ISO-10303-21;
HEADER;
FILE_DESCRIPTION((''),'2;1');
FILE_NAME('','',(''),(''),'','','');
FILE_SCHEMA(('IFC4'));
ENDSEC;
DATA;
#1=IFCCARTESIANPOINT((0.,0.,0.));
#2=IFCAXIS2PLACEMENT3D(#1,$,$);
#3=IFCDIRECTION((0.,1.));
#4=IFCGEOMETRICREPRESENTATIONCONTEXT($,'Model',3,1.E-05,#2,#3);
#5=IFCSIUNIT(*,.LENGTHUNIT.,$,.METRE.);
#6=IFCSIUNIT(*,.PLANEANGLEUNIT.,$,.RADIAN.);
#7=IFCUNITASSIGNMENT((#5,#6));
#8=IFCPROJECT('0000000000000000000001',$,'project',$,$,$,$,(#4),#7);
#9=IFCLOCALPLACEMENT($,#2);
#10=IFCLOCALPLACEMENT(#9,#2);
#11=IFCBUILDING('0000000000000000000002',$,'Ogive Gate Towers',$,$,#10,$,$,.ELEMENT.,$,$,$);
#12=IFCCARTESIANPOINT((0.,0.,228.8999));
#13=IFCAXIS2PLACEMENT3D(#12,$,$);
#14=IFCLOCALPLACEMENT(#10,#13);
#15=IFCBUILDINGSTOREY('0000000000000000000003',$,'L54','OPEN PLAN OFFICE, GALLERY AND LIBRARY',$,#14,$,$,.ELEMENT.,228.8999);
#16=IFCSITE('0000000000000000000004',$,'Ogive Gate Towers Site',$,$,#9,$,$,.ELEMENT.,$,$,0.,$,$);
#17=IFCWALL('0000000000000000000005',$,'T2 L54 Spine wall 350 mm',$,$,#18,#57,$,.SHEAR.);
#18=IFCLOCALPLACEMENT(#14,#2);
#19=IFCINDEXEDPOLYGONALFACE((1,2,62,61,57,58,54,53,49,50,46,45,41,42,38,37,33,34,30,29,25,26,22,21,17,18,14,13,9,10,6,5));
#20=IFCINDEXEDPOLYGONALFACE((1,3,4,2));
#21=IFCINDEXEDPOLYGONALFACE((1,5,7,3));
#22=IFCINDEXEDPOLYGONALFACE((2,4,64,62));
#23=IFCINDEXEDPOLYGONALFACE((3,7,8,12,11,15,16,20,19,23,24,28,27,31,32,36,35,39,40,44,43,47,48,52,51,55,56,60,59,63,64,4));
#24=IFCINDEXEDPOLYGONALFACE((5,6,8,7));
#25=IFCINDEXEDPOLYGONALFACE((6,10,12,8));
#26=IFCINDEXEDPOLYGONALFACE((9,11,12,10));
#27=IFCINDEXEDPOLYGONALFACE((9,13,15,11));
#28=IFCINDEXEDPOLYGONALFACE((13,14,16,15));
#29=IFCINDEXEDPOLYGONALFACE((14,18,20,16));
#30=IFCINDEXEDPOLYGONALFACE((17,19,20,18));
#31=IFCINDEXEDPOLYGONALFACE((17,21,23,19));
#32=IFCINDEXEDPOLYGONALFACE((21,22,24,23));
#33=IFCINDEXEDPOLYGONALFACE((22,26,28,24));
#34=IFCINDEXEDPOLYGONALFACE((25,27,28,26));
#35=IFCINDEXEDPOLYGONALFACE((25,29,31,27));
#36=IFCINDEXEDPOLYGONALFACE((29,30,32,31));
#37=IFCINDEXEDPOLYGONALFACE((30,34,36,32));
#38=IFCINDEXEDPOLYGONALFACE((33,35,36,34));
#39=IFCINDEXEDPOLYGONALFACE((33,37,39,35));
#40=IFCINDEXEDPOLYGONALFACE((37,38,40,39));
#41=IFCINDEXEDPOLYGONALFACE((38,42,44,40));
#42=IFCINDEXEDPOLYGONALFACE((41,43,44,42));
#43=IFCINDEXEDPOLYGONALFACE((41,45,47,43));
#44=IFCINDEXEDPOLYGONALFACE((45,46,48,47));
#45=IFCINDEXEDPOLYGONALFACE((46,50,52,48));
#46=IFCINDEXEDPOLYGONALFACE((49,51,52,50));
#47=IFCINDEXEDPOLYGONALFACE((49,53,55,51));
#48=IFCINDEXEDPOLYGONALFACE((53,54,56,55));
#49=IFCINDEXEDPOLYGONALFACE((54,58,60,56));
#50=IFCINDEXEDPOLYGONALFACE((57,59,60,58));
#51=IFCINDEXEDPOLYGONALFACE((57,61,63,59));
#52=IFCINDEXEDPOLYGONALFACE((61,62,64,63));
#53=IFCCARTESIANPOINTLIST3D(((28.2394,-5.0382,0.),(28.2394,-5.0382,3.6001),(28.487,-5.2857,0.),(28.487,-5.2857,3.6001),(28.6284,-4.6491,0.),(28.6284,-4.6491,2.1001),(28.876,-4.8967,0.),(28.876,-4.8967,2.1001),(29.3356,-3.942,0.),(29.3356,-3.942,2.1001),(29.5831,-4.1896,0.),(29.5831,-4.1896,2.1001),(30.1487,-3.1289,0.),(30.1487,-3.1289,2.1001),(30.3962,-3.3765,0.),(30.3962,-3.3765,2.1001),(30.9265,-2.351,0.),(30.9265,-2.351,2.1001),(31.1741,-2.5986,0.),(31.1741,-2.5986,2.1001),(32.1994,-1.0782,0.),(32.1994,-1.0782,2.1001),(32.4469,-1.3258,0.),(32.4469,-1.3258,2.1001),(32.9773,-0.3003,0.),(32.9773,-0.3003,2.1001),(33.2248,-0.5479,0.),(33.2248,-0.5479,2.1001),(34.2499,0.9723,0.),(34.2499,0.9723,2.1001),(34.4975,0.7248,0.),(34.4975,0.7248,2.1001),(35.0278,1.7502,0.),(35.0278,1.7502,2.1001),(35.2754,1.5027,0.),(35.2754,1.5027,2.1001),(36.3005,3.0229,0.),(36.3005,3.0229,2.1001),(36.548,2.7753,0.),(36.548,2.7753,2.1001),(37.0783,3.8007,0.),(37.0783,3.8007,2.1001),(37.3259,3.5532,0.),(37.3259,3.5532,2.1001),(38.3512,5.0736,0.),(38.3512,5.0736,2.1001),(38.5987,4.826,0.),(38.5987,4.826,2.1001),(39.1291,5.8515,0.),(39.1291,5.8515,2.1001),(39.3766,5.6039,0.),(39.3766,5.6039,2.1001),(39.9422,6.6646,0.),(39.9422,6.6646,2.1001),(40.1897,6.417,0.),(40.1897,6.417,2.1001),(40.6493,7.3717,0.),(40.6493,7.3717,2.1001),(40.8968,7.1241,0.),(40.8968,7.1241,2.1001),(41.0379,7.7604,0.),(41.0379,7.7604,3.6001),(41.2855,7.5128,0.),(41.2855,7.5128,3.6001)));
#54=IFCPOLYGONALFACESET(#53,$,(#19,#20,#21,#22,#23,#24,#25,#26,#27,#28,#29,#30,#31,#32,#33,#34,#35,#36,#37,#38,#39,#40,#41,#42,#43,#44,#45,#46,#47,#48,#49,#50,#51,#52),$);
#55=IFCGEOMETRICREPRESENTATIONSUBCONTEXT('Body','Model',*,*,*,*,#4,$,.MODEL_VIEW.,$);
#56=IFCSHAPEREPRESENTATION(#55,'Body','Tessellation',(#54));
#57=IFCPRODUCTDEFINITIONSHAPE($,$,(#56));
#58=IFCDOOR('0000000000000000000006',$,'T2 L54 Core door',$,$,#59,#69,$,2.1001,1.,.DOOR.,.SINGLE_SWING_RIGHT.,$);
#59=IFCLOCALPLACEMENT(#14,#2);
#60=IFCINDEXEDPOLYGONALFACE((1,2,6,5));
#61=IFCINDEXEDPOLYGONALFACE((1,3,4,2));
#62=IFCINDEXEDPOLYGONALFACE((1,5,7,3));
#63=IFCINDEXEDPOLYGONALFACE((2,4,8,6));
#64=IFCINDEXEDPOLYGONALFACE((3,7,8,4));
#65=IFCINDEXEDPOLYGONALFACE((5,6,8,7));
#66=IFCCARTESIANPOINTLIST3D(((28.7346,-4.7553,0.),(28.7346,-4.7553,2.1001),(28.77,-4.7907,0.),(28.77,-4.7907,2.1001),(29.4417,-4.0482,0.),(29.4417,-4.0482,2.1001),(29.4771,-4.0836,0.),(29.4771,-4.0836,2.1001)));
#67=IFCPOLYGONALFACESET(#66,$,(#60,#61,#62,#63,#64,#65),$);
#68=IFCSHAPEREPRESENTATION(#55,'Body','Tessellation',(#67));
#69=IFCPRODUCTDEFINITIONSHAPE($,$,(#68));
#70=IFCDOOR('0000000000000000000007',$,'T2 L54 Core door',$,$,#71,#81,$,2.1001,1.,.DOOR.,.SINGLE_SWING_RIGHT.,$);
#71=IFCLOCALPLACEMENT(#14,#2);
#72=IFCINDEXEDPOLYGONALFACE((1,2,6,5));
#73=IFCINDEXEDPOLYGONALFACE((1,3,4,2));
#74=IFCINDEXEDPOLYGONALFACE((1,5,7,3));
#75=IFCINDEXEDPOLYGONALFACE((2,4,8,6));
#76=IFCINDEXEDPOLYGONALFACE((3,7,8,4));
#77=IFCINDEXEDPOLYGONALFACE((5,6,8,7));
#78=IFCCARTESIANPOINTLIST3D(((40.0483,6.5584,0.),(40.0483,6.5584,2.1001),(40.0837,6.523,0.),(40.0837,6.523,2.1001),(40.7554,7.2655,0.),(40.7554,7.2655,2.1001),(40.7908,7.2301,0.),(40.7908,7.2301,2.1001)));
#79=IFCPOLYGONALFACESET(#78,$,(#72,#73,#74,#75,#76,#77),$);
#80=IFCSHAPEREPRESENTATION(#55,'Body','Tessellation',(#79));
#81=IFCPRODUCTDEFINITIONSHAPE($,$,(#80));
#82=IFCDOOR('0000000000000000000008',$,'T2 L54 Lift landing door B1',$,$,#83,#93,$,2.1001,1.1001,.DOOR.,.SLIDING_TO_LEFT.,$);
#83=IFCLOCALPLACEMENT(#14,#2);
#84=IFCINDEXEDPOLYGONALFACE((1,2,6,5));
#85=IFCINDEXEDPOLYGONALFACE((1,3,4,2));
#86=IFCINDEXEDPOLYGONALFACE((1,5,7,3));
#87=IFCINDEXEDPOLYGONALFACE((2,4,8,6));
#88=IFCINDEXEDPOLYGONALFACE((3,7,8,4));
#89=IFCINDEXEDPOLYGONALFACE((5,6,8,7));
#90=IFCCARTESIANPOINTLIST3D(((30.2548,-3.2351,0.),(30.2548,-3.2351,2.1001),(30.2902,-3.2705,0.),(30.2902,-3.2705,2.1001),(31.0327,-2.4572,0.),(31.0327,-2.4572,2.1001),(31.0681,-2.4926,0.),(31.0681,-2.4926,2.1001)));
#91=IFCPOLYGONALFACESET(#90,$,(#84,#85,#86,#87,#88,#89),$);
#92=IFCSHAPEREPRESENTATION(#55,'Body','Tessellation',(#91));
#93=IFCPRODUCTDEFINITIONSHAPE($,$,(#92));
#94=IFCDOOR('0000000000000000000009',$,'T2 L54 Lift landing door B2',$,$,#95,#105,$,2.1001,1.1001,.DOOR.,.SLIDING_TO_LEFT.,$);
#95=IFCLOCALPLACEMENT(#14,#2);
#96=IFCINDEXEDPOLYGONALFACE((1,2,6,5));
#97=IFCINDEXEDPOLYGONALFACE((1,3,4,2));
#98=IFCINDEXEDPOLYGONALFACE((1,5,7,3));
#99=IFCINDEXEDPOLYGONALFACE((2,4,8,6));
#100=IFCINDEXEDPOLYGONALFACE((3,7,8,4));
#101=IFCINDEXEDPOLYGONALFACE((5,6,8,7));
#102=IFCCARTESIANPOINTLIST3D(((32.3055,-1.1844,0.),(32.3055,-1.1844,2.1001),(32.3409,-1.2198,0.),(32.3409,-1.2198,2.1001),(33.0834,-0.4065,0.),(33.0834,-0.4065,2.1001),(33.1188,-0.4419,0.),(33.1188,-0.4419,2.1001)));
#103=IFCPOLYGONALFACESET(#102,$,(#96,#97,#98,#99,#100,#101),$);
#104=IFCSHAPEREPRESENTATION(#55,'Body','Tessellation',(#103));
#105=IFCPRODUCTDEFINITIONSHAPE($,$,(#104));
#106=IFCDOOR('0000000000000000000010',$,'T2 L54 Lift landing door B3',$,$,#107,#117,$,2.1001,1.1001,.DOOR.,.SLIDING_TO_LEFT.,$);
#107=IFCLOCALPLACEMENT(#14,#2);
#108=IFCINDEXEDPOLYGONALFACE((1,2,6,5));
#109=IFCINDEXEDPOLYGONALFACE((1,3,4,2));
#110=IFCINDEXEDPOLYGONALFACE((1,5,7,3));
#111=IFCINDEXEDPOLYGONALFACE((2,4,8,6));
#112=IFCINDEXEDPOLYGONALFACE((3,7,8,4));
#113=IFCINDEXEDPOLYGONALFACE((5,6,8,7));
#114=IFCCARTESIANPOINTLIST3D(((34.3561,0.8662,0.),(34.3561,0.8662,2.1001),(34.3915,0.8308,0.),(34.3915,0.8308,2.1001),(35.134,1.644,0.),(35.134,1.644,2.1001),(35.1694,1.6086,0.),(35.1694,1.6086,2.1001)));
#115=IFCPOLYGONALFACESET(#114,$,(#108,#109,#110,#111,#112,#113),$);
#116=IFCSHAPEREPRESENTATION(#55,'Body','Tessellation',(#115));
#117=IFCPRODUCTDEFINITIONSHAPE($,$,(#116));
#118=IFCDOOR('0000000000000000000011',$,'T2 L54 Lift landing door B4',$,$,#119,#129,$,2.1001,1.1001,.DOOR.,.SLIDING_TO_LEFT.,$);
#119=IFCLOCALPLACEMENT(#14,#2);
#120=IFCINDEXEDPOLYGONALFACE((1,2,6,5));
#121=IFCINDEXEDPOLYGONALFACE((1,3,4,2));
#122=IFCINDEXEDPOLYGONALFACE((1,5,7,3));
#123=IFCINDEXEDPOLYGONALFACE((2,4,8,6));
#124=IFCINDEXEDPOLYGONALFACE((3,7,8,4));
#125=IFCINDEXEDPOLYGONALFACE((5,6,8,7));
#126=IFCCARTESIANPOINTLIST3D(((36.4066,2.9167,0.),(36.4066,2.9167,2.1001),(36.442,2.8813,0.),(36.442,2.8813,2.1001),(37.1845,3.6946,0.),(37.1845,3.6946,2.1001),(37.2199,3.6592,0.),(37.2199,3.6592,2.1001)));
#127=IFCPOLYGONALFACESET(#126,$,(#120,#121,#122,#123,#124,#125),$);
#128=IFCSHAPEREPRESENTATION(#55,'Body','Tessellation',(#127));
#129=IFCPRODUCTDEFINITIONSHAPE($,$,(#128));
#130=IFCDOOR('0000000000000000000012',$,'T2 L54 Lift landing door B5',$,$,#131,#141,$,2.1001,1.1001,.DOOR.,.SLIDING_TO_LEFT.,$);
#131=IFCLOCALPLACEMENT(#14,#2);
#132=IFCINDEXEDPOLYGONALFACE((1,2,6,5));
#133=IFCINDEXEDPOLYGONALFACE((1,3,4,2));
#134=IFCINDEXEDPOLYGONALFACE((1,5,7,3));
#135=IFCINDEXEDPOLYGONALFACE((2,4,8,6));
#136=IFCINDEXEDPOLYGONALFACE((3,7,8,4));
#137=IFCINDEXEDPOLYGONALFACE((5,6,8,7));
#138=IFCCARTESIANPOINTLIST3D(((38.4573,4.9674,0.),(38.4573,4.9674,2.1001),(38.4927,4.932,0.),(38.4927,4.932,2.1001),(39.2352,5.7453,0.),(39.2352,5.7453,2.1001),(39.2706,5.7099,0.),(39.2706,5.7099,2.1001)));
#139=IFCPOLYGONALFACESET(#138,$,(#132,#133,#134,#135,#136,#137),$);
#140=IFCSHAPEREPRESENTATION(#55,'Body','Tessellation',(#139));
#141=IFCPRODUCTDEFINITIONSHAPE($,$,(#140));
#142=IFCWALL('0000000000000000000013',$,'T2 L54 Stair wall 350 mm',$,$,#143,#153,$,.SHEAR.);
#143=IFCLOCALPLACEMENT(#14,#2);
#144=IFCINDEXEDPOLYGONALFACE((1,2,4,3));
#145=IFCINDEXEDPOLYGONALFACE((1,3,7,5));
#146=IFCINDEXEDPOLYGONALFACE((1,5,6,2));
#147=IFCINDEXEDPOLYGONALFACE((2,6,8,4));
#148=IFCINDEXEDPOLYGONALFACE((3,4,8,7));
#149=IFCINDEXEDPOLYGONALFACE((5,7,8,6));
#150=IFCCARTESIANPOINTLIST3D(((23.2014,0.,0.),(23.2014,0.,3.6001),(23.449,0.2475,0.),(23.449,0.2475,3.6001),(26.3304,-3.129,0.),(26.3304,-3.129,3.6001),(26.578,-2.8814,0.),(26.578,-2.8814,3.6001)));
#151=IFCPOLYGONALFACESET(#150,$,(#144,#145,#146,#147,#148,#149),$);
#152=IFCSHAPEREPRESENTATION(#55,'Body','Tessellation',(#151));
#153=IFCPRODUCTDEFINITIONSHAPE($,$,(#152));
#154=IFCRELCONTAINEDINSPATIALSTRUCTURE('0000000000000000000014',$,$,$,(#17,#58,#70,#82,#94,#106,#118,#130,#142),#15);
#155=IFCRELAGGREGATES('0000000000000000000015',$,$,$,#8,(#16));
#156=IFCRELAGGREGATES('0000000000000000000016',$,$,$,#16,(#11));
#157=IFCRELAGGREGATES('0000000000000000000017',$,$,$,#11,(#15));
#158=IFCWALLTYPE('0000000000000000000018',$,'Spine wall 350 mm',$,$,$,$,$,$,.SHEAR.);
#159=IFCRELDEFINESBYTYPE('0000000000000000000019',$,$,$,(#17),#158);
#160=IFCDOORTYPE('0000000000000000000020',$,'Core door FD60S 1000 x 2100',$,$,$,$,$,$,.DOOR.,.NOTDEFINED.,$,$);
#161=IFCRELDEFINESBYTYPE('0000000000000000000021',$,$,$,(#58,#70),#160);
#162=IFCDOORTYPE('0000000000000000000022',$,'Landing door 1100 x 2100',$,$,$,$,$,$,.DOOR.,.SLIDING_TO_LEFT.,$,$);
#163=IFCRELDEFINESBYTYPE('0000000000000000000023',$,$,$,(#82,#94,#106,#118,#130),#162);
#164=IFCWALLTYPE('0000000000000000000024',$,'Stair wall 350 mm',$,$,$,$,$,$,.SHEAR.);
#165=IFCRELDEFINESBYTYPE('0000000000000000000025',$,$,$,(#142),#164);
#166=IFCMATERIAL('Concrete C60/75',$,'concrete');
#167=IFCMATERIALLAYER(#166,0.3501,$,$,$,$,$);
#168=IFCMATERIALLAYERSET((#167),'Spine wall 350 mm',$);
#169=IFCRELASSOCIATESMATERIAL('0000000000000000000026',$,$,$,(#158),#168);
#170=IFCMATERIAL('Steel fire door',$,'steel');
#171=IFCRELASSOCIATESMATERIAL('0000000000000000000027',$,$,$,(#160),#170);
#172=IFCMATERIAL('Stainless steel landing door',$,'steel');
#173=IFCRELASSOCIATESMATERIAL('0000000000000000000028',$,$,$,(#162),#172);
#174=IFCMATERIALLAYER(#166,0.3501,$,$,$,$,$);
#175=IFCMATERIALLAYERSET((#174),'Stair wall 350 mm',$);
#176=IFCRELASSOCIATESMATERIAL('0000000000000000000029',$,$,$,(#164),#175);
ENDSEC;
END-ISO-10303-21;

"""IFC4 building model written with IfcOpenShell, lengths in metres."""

from ifc_helpers import new_model, si_unit, direction, frame, frame_2d, origin, place, context, subcontext, project, spatial, rectangle, extrude, material, layer, layer_set, type_object, element, fill, save


model = new_model("IFC4")

# Units and contexts
model_context = context("Model", 3, precision=1e-05, world=origin(), true_north=direction((0.0, 1.0)))
body_context = subcontext(model_context, "Body", "Model", "MODEL_VIEW")
ifc_project = project(units=[si_unit("LENGTHUNIT", "METRE"), si_unit("PLANEANGLEUNIT", "RADIAN")], contexts=[model_context])

# Site, building, storey
site_placement = place(None, origin())
site = spatial("IfcSite", under=ifc_project, at=site_placement, Name="Ogive Gate Towers Site", CompositionType="ELEMENT", RefElevation=0.0)
building_placement = place(site_placement, origin())
building = spatial("IfcBuilding", under=site, at=building_placement, Name="Ogive Gate Towers", CompositionType="ELEMENT")
storey_placement = place(building_placement, frame((0.0, 0.0, 228.8999)))
storey = spatial("IfcBuildingStorey", under=building, at=storey_placement, Name="L54", Description="OPEN PLAN OFFICE, GALLERY AND LIBRARY", CompositionType="ELEMENT", Elevation=228.8999)

# Shared definitions
ifc_material_1 = material(Name="Concrete C60/75", Category="concrete")

# Wall, openings, doors
ifc_layer_1 = layer(ifc_material_1, 0.3501)
ifc_layer_set_1 = layer_set([ifc_layer_1], Name="Spine wall 350 mm")
wall_type_1 = type_object("IfcWallType", Name="Spine wall 350 mm", PredefinedType="SHEAR", material=ifc_layer_set_1)
ifc_material_2 = material(Name="Steel fire door", Category="steel")
door_type_1 = type_object("IfcDoorType", Name="Core door FD60S 1000 x 2100", OperationType="NOTDEFINED", PredefinedType="DOOR", material=ifc_material_2)
ifc_material_3 = material(Name="Stainless steel landing door", Category="steel")
door_type_2 = type_object("IfcDoorType", Name="Landing door 1100 x 2100", OperationType="SLIDING_TO_LEFT", PredefinedType="DOOR", material=ifc_material_3)
wall_1_placement = place(storey_placement, frame((28.3633, -5.1619, 0.0), z_axis=(0.0, 0.0, 1.0), x_axis=(0.707107, 0.707107, 0.0)))
wall_1 = element("IfcWall", 1, at=wall_1_placement, inside=storey, type_object=wall_type_1, Name="T2 L54 Spine wall 350 mm", PredefinedType="SHEAR", context=body_context, shape_type="SweptSolid", body=[
    extrude(rectangle(XDim=18.0999, YDim=0.3501, at=frame_2d((9.0498, 0.0))), origin(), (0.0, 0.0, 1.0), 3.6001),
])
opening_1_placement = place(wall_1_placement, frame((0.55, 0.0, 0.0)))
opening_1 = element("IfcOpeningElement", 2, at=opening_1_placement, cuts=wall_1, PredefinedType="OPENING", context=body_context, shape_type="SweptSolid", body=[
    extrude(rectangle(XDim=1.0, YDim=2.1001, at=frame_2d((0.5, 1.05))), frame((0.0, 0.1851, 0.0), z_axis=(0.0, -1.0, 0.0), x_axis=(1.0, 0.0, 0.0)), (0.0, 0.0, 1.0), 0.3701),
])
opening_2_placement = place(wall_1_placement, frame((2.7, 0.0, 0.0)))
opening_2 = element("IfcOpeningElement", 3, at=opening_2_placement, cuts=wall_1, PredefinedType="OPENING", context=body_context, shape_type="SweptSolid", body=[
    extrude(rectangle(XDim=1.1001, YDim=2.1001, at=frame_2d((0.55, 1.05))), frame((0.0, 0.1851, 0.0), z_axis=(0.0, -1.0, 0.0), x_axis=(1.0, 0.0, 0.0)), (0.0, 0.0, 1.0), 0.3701),
])
opening_3_placement = place(wall_1_placement, frame((5.6001, 0.0, 0.0)))
opening_3 = element("IfcOpeningElement", 4, at=opening_3_placement, cuts=wall_1, PredefinedType="OPENING", context=body_context, shape_type="SweptSolid", body=[
    extrude(rectangle(XDim=1.1001, YDim=2.1001, at=frame_2d((0.55, 1.05))), frame((0.0, 0.1851, 0.0), z_axis=(0.0, -1.0, 0.0), x_axis=(1.0, 0.0, 0.0)), (0.0, 0.0, 1.0), 0.3701),
])
opening_4_placement = place(wall_1_placement, frame((8.5, 0.0, 0.0)))
opening_4 = element("IfcOpeningElement", 5, at=opening_4_placement, cuts=wall_1, PredefinedType="OPENING", context=body_context, shape_type="SweptSolid", body=[
    extrude(rectangle(XDim=1.1001, YDim=2.1001, at=frame_2d((0.55, 1.05))), frame((0.0, 0.1851, 0.0), z_axis=(0.0, -1.0, 0.0), x_axis=(1.0, 0.0, 0.0)), (0.0, 0.0, 1.0), 0.3701),
])
opening_5_placement = place(wall_1_placement, frame((11.3999, 0.0, 0.0)))
opening_5 = element("IfcOpeningElement", 6, at=opening_5_placement, cuts=wall_1, PredefinedType="OPENING", context=body_context, shape_type="SweptSolid", body=[
    extrude(rectangle(XDim=1.1001, YDim=2.1001, at=frame_2d((0.55, 1.05))), frame((0.0, 0.1851, 0.0), z_axis=(0.0, -1.0, 0.0), x_axis=(1.0, 0.0, 0.0)), (0.0, 0.0, 1.0), 0.3701),
])
opening_6_placement = place(wall_1_placement, frame((14.3, 0.0, 0.0)))
opening_6 = element("IfcOpeningElement", 7, at=opening_6_placement, cuts=wall_1, PredefinedType="OPENING", context=body_context, shape_type="SweptSolid", body=[
    extrude(rectangle(XDim=1.1001, YDim=2.1001, at=frame_2d((0.55, 1.05))), frame((0.0, 0.1851, 0.0), z_axis=(0.0, -1.0, 0.0), x_axis=(1.0, 0.0, 0.0)), (0.0, 0.0, 1.0), 0.3701),
])
opening_7_placement = place(wall_1_placement, frame((16.55, 0.0, 0.0)))
opening_7 = element("IfcOpeningElement", 8, at=opening_7_placement, cuts=wall_1, PredefinedType="OPENING", context=body_context, shape_type="SweptSolid", body=[
    extrude(rectangle(XDim=1.0, YDim=2.1001, at=frame_2d((0.5, 1.05))), frame((0.0, 0.1851, 0.0), z_axis=(0.0, -1.0, 0.0), x_axis=(1.0, 0.0, 0.0)), (0.0, 0.0, 1.0), 0.3701),
])
door_1_placement = place(opening_1_placement, origin())
door_1 = element("IfcDoor", 9, at=door_1_placement, inside=storey, type_object=door_type_1, Name="T2 L54 Core door", OperationType="SINGLE_SWING_RIGHT", OverallHeight=2.1001, OverallWidth=1.0, PredefinedType="DOOR", context=body_context, shape_type="SweptSolid", body=[
    extrude(rectangle(XDim=1.0, YDim=2.1001, at=frame_2d((0.5, 1.05))), frame((0.0, 0.0249, 0.0), z_axis=(0.0, -1.0, 0.0), x_axis=(1.0, 0.0, 0.0)), (0.0, 0.0, 1.0), 0.05),
])
fill(opening_1, door_1)
door_2_placement = place(opening_7_placement, origin())
door_2 = element("IfcDoor", 10, at=door_2_placement, inside=storey, type_object=door_type_1, Name="T2 L54 Core door", OperationType="SINGLE_SWING_RIGHT", OverallHeight=2.1001, OverallWidth=1.0, PredefinedType="DOOR", context=body_context, shape_type="SweptSolid", body=[
    extrude(rectangle(XDim=1.0, YDim=2.1001, at=frame_2d((0.5, 1.05))), frame((0.0, 0.0249, 0.0), z_axis=(0.0, -1.0, 0.0), x_axis=(1.0, 0.0, 0.0)), (0.0, 0.0, 1.0), 0.05),
])
fill(opening_7, door_2)
door_3_placement = place(opening_2_placement, origin())
door_3 = element("IfcDoor", 11, at=door_3_placement, inside=storey, type_object=door_type_2, Name="T2 L54 Lift landing door B1", OperationType="SLIDING_TO_LEFT", OverallHeight=2.1001, OverallWidth=1.1001, PredefinedType="DOOR", context=body_context, shape_type="SweptSolid", body=[
    extrude(rectangle(XDim=1.1001, YDim=2.1001, at=frame_2d((0.55, 1.05))), frame((0.0, 0.0249, 0.0), z_axis=(0.0, -1.0, 0.0), x_axis=(1.0, 0.0, 0.0)), (0.0, 0.0, 1.0), 0.05),
])
fill(opening_2, door_3)
door_4_placement = place(opening_3_placement, origin())
door_4 = element("IfcDoor", 12, at=door_4_placement, inside=storey, type_object=door_type_2, Name="T2 L54 Lift landing door B2", OperationType="SLIDING_TO_LEFT", OverallHeight=2.1001, OverallWidth=1.1001, PredefinedType="DOOR", context=body_context, shape_type="SweptSolid", body=[
    extrude(rectangle(XDim=1.1001, YDim=2.1001, at=frame_2d((0.55, 1.05))), frame((0.0, 0.0249, 0.0), z_axis=(0.0, -1.0, 0.0), x_axis=(1.0, 0.0, 0.0)), (0.0, 0.0, 1.0), 0.05),
])
fill(opening_3, door_4)
door_5_placement = place(opening_4_placement, origin())
door_5 = element("IfcDoor", 13, at=door_5_placement, inside=storey, type_object=door_type_2, Name="T2 L54 Lift landing door B3", OperationType="SLIDING_TO_LEFT", OverallHeight=2.1001, OverallWidth=1.1001, PredefinedType="DOOR", context=body_context, shape_type="SweptSolid", body=[
    extrude(rectangle(XDim=1.1001, YDim=2.1001, at=frame_2d((0.55, 1.05))), frame((0.0, 0.0249, 0.0), z_axis=(0.0, -1.0, 0.0), x_axis=(1.0, 0.0, 0.0)), (0.0, 0.0, 1.0), 0.05),
])
fill(opening_4, door_5)
door_6_placement = place(opening_5_placement, origin())
door_6 = element("IfcDoor", 14, at=door_6_placement, inside=storey, type_object=door_type_2, Name="T2 L54 Lift landing door B4", OperationType="SLIDING_TO_LEFT", OverallHeight=2.1001, OverallWidth=1.1001, PredefinedType="DOOR", context=body_context, shape_type="SweptSolid", body=[
    extrude(rectangle(XDim=1.1001, YDim=2.1001, at=frame_2d((0.55, 1.05))), frame((0.0, 0.0249, 0.0), z_axis=(0.0, -1.0, 0.0), x_axis=(1.0, 0.0, 0.0)), (0.0, 0.0, 1.0), 0.05),
])
fill(opening_5, door_6)
door_7_placement = place(opening_6_placement, origin())
door_7 = element("IfcDoor", 15, at=door_7_placement, inside=storey, type_object=door_type_2, Name="T2 L54 Lift landing door B5", OperationType="SLIDING_TO_LEFT", OverallHeight=2.1001, OverallWidth=1.1001, PredefinedType="DOOR", context=body_context, shape_type="SweptSolid", body=[
    extrude(rectangle(XDim=1.1001, YDim=2.1001, at=frame_2d((0.55, 1.05))), frame((0.0, 0.0249, 0.0), z_axis=(0.0, -1.0, 0.0), x_axis=(1.0, 0.0, 0.0)), (0.0, 0.0, 1.0), 0.05),
])
fill(opening_6, door_7)

# Wall
ifc_layer_2 = layer(ifc_material_1, 0.3501)
ifc_layer_set_2 = layer_set([ifc_layer_2], Name="Stair wall 350 mm")
wall_type_2 = type_object("IfcWallType", Name="Stair wall 350 mm", PredefinedType="SHEAR", material=ifc_layer_set_2)
wall_2_placement = place(storey_placement, frame((26.4541, -3.0051, 0.0), z_axis=(0.0, 0.0, 1.0), x_axis=(-0.707107, 0.707107, 0.0)))
element("IfcWall", 16, at=wall_2_placement, inside=storey, type_object=wall_type_2, Name="T2 L54 Stair wall 350 mm", PredefinedType="SHEAR", context=body_context, shape_type="SweptSolid", body=[
    extrude(rectangle(XDim=4.425, YDim=0.3501, at=frame_2d((2.2124, 0.0))), origin(), (0.0, 0.0, 1.0), 3.6001),
])

save(model, "model.ifc")
